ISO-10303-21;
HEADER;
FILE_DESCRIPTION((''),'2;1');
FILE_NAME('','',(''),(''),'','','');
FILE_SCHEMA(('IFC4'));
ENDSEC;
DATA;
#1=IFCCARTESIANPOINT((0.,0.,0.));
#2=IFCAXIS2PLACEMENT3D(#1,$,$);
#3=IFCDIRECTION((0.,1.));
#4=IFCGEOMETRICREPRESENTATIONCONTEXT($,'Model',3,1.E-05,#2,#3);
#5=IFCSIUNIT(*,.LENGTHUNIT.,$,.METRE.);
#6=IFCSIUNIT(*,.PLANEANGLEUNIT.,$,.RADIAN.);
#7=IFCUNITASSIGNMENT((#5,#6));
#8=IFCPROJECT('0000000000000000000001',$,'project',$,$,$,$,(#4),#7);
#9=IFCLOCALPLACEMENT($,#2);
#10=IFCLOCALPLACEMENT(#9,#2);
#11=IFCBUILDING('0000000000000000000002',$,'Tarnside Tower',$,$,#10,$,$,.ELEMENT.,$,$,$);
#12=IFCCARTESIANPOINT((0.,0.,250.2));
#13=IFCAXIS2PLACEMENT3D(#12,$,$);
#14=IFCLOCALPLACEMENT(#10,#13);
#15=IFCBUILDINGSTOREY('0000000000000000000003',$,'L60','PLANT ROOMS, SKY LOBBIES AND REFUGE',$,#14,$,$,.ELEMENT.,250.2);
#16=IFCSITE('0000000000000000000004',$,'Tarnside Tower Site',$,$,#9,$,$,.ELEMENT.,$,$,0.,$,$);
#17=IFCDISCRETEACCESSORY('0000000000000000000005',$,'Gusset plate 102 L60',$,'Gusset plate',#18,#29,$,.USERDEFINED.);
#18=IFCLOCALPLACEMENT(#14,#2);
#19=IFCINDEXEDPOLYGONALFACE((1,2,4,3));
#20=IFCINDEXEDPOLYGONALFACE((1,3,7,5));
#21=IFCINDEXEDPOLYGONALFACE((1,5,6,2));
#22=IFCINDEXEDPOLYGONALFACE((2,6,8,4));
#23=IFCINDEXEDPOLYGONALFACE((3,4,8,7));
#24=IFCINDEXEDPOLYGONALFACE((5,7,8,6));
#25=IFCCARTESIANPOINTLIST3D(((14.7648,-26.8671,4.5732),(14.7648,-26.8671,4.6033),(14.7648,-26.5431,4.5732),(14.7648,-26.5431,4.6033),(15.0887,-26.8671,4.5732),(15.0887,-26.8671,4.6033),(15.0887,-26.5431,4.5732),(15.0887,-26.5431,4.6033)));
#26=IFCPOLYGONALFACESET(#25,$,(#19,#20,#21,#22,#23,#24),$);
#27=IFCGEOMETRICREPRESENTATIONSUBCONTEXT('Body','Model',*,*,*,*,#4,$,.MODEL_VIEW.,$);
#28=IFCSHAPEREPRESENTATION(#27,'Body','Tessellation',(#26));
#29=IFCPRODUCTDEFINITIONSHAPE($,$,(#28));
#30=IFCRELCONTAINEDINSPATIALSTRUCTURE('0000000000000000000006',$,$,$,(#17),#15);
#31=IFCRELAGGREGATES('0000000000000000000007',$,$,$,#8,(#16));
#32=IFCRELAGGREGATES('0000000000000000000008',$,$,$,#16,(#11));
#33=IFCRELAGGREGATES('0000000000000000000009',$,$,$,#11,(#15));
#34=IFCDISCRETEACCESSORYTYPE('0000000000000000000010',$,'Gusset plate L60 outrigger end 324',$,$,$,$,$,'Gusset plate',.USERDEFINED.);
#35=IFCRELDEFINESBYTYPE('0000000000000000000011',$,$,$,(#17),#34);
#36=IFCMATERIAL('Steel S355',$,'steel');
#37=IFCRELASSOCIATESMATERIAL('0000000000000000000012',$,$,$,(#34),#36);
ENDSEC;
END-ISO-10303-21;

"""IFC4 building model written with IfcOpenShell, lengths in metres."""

from ifc_helpers import new_model, si_unit, direction, frame, origin, origin_2d, place, context, subcontext, project, spatial, rectangle, extrude, material, type_object, element, save


model = new_model("IFC4")

# Units and contexts
model_context = context("Model", 3, precision=1e-05, world=origin(), true_north=direction((0.0, 1.0)))
body_context = subcontext(model_context, "Body", "Model", "MODEL_VIEW")
ifc_project = project(units=[si_unit("LENGTHUNIT", "METRE"), si_unit("PLANEANGLEUNIT", "RADIAN")], contexts=[model_context])

# Site, building, storey
site_placement = place(None, origin())
site = spatial("IfcSite", under=ifc_project, at=site_placement, Name="Tarnside Tower Site", CompositionType="ELEMENT", RefElevation=0.0)
building_placement = place(site_placement, origin())
building = spatial("IfcBuilding", under=site, at=building_placement, Name="Tarnside Tower", CompositionType="ELEMENT")
storey_placement = place(building_placement, frame((0.0, 0.0, 250.2)))
storey = spatial("IfcBuildingStorey", under=building, at=storey_placement, Name="L60", Description="PLANT ROOMS, SKY LOBBIES AND REFUGE", CompositionType="ELEMENT", Elevation=250.2)

# Shared definitions
ifc_material_1 = material(Name="Steel S355", Category="steel")

# Discrete accessory
discrete_accessory_type_1 = type_object("IfcDiscreteAccessoryType", Name="Gusset plate L60 outrigger end 324", ElementType="Gusset plate", PredefinedType="USERDEFINED", material=ifc_material_1)
for number, where, z_axis, x_axis, name in (
    (1, (14.9268, -26.7051, 4.5732), (0.0, 0.0, 1.0), (1.0, 0.0, 0.0), "Gusset plate 102 L60"),
):
    element("IfcDiscreteAccessory", number, at=place(storey_placement, frame(where, z_axis=z_axis, x_axis=x_axis)), inside=storey, type_object=discrete_accessory_type_1, Name=name, ObjectType="Gusset plate", PredefinedType="USERDEFINED", context=body_context, shape_type="SweptSolid", body=[
        extrude(rectangle(XDim=0.324, YDim=0.324, at=origin_2d()), origin(), (0.0, 0.0, 1.0), 0.03),
    ])

save(model, "model.ifc")
